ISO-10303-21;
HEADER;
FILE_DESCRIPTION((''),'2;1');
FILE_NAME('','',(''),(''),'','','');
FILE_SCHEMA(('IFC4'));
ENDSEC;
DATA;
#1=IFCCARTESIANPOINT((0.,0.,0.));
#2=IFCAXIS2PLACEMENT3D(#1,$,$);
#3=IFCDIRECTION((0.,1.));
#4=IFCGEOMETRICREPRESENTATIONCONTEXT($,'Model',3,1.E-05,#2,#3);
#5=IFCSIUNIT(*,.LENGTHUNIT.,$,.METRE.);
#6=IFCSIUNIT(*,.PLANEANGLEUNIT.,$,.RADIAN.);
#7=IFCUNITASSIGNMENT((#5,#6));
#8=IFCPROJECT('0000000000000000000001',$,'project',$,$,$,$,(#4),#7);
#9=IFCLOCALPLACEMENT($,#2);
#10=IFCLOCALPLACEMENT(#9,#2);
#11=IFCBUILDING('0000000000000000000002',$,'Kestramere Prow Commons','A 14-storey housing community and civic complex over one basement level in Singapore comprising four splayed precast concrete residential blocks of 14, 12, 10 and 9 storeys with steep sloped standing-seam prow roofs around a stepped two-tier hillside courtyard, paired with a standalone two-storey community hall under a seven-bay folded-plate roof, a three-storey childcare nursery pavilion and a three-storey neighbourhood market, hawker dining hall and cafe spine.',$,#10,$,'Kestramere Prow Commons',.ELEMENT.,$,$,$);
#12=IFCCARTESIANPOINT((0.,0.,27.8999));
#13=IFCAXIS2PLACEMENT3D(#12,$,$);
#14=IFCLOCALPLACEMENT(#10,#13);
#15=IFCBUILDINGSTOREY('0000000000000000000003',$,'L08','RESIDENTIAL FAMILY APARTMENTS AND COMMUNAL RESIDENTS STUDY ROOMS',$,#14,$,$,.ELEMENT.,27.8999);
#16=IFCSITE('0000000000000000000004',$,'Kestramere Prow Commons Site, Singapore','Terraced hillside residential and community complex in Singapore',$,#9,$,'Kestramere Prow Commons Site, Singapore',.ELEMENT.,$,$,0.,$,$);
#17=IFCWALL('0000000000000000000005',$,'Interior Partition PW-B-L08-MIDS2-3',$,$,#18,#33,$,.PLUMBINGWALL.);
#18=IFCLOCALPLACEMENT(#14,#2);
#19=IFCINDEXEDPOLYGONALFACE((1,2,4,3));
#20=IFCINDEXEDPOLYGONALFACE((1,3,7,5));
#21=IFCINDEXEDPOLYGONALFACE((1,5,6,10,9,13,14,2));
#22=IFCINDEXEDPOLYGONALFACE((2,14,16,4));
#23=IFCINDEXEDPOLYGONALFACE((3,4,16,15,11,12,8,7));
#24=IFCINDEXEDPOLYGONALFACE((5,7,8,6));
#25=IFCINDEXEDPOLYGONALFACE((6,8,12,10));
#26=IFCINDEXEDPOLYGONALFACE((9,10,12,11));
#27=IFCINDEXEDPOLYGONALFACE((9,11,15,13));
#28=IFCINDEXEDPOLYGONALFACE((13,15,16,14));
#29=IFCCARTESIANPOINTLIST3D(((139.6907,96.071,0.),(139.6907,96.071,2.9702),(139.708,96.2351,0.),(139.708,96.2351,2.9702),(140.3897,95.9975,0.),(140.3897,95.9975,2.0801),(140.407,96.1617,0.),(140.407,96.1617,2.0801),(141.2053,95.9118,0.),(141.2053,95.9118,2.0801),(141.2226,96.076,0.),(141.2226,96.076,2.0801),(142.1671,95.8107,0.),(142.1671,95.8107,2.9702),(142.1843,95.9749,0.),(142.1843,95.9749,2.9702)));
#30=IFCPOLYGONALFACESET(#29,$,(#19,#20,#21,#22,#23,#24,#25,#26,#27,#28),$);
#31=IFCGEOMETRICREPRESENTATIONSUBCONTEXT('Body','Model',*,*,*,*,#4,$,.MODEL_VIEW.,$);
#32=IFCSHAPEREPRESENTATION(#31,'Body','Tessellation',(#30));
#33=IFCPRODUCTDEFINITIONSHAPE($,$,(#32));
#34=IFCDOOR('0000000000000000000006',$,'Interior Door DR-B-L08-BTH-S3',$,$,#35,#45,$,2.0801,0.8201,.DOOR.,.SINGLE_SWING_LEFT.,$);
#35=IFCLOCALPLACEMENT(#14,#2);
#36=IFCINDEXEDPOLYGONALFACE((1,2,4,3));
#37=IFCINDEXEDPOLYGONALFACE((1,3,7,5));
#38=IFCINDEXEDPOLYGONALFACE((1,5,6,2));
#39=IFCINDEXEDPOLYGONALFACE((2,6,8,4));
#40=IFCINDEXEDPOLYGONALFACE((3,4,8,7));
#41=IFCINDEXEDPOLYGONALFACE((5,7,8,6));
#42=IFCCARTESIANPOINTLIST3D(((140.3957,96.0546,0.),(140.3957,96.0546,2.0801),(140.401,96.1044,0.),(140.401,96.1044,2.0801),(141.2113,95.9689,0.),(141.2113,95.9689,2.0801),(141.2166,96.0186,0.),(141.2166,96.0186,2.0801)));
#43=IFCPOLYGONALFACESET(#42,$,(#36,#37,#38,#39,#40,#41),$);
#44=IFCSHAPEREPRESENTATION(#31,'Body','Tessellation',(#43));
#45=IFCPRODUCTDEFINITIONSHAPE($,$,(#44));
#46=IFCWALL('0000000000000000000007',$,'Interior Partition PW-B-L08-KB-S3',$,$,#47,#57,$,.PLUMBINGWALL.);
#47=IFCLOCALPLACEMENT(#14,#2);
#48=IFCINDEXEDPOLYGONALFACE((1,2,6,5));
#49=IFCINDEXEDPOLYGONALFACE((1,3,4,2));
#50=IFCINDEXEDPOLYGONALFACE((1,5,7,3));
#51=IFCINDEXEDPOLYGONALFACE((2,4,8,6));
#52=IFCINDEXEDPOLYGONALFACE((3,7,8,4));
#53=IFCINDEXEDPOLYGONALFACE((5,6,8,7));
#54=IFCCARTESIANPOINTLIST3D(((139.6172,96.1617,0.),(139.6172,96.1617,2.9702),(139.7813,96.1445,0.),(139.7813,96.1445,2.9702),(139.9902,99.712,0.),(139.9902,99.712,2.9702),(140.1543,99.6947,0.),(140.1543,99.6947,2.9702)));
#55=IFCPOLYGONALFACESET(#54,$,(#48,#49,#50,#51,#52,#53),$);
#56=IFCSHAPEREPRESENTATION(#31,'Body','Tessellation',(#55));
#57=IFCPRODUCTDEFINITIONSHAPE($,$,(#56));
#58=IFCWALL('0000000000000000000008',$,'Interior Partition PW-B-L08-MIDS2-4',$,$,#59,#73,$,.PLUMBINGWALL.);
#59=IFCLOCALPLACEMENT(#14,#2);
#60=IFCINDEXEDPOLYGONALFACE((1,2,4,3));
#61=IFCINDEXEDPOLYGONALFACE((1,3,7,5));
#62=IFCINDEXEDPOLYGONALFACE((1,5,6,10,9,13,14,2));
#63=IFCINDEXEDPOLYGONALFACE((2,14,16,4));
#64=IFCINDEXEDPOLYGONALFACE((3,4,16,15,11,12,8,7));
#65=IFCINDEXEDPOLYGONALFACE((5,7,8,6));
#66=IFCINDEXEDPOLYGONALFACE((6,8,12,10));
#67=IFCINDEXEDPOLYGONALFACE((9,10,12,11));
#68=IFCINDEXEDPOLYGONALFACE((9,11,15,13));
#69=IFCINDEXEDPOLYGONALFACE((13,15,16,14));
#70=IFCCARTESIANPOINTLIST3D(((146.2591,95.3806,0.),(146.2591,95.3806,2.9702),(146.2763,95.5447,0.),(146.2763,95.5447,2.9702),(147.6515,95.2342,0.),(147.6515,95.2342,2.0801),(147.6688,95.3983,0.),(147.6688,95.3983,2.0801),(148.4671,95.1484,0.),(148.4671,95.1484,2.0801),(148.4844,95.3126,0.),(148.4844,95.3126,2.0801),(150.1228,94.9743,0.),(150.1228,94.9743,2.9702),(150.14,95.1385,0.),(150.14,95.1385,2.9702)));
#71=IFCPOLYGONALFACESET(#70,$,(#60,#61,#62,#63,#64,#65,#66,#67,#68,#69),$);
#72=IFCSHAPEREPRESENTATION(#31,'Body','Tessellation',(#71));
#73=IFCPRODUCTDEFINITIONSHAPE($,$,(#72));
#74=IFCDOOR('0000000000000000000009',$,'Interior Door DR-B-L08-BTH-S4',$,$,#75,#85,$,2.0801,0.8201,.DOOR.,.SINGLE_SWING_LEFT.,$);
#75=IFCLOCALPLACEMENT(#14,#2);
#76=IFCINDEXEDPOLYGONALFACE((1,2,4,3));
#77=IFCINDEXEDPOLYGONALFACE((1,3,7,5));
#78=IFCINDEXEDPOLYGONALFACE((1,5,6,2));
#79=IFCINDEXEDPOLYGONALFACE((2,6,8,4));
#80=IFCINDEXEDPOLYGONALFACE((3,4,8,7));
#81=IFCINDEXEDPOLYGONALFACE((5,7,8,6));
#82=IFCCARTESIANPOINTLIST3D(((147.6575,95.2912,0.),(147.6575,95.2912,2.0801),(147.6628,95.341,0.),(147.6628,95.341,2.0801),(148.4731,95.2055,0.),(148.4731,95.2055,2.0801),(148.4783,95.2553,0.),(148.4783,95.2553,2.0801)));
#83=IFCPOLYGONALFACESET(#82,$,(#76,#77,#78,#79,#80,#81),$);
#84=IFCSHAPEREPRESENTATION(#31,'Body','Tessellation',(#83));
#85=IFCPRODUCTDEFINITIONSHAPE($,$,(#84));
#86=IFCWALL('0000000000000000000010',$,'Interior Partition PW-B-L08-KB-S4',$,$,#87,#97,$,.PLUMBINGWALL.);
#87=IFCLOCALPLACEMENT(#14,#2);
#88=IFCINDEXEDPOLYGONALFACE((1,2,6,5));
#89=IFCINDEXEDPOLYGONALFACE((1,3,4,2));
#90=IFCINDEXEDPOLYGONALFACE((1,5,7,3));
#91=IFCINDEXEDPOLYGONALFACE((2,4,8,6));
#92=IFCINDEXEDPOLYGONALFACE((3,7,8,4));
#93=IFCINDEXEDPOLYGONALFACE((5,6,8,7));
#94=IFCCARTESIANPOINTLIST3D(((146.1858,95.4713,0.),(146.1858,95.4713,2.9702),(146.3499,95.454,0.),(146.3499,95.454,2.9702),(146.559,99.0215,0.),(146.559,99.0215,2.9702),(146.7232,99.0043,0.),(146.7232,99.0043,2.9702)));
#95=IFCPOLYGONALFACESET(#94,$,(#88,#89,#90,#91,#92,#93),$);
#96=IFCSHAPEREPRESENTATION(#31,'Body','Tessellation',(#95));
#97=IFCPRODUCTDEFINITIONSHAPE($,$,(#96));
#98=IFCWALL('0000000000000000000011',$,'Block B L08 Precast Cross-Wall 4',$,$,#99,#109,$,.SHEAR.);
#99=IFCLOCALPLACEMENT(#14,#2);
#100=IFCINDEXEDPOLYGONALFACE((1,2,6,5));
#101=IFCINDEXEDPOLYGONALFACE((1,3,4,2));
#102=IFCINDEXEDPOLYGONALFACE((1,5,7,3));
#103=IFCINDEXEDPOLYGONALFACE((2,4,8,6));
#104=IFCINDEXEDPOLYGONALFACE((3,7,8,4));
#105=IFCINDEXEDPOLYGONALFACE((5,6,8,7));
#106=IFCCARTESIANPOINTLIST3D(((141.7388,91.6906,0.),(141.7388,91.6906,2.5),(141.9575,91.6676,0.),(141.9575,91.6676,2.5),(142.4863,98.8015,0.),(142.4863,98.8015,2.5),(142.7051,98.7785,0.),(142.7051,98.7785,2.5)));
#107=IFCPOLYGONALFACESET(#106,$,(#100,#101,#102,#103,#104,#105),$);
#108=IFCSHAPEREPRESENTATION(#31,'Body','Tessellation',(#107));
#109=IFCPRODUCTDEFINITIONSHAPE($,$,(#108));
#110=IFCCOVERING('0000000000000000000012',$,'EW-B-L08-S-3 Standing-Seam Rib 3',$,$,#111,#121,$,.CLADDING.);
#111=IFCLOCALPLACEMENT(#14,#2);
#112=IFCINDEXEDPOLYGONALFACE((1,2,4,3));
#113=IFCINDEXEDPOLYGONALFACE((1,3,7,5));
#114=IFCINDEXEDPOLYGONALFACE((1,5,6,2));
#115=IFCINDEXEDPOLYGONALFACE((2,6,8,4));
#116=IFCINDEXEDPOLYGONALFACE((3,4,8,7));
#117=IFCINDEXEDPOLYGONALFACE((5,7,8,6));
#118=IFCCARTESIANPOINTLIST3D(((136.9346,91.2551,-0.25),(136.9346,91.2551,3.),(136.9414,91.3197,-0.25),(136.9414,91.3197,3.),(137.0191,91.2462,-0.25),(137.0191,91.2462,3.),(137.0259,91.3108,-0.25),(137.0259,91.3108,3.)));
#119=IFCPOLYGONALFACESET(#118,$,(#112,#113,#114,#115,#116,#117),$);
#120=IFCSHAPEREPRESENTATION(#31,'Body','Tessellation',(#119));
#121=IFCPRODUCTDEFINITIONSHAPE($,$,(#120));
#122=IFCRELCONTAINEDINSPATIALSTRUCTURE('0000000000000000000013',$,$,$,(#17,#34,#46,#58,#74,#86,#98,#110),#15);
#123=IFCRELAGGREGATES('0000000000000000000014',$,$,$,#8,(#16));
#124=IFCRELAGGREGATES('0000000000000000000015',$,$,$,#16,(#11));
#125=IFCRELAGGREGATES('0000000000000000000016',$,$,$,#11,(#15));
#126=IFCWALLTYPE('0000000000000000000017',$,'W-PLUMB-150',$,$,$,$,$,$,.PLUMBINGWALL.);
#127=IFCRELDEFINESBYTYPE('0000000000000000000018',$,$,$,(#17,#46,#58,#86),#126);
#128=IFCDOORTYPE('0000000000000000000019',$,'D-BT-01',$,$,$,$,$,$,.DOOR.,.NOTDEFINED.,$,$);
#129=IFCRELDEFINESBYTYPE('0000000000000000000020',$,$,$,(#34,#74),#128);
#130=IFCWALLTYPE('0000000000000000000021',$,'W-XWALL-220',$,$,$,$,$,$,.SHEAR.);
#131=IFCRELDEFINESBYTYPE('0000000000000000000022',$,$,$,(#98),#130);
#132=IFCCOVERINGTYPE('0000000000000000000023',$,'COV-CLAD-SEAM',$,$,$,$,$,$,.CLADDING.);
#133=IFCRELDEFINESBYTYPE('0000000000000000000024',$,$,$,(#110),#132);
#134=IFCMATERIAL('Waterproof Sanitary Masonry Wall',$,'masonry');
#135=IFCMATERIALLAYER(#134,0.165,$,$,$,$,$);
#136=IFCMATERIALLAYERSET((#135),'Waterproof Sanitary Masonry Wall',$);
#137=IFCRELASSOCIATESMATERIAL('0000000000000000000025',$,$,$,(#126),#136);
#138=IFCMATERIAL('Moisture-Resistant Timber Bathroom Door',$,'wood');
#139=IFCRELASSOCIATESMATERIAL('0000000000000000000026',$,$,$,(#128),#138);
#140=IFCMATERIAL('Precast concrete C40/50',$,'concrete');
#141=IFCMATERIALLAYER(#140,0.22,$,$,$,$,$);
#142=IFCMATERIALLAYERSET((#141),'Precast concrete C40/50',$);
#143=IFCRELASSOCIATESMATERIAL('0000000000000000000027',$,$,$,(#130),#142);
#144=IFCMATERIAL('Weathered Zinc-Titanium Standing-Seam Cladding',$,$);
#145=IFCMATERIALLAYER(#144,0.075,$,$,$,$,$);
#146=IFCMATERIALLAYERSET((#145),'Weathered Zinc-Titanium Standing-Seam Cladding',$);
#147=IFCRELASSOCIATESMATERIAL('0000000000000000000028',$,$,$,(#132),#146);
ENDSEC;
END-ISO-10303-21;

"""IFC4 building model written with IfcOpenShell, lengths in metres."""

from ifc_helpers import new_model, si_unit, direction, frame, frame_2d, origin, origin_2d, place, context, subcontext, project, spatial, rectangle, extrude, material, layer, layer_set, type_object, element, fill, save


model = new_model("IFC4")

# Units and contexts
model_context = context("Model", 3, precision=1e-05, world=origin(), true_north=direction((0.0, 1.0)))
body_context = subcontext(model_context, "Body", "Model", "MODEL_VIEW")
ifc_project = project(units=[si_unit("LENGTHUNIT", "METRE"), si_unit("PLANEANGLEUNIT", "RADIAN")], contexts=[model_context])

# Site, building, storey
site_placement = place(None, origin())
site = spatial("IfcSite", under=ifc_project, at=site_placement, Name="Kestramere Prow Commons Site, Singapore", Description="Terraced hillside residential and community complex in Singapore", LongName="Kestramere Prow Commons Site, Singapore", CompositionType="ELEMENT", RefElevation=0.0)
building_placement = place(site_placement, origin())
building = spatial("IfcBuilding", under=site, at=building_placement, Name="Kestramere Prow Commons", Description="A 14-storey housing community and civic complex over one basement level in Singapore comprising four splayed precast concrete residential blocks of 14, 12, 10 and 9 storeys with steep sloped standing-seam prow roofs around a stepped two-tier hillside courtyard, paired with a standalone two-storey community hall under a seven-bay folded-plate roof, a three-storey childcare nursery pavilion and a three-storey neighbourhood market, hawker dining hall and cafe spine.", LongName="Kestramere Prow Commons", CompositionType="ELEMENT")
storey_placement = place(building_placement, frame((0.0, 0.0, 27.8999)))
storey = spatial("IfcBuildingStorey", under=building, at=storey_placement, Name="L08", Description="RESIDENTIAL FAMILY APARTMENTS AND COMMUNAL RESIDENTS STUDY ROOMS", CompositionType="ELEMENT", Elevation=27.8999)

# Shared definitions
ifc_material_1 = material(Name="Precast concrete C40/50", Category="concrete")

# Wall, opening, door
ifc_material_2 = material(Name="Waterproof Sanitary Masonry Wall", Category="masonry")
ifc_layer_1 = layer(ifc_material_2, 0.165)
ifc_layer_set_1 = layer_set([ifc_layer_1], Name="Waterproof Sanitary Masonry Wall")
wall_type_1 = type_object("IfcWallType", Name="W-PLUMB-150", PredefinedType="PLUMBINGWALL", material=ifc_layer_set_1)
wall_1_placement = place(storey_placement, frame((139.6992, 96.1531, 0.0), z_axis=(0.0, 0.0, 1.0), x_axis=(0.994523, -0.104521, 0.0)))
wall_1 = element("IfcWall", 1, at=wall_1_placement, inside=storey, type_object=wall_type_1, Name="Interior Partition PW-B-L08-MIDS2-3", PredefinedType="PLUMBINGWALL", context=body_context, shape_type="SweptSolid", body=[
    extrude(rectangle(XDim=2.49, YDim=0.165, at=frame_2d((1.2451, 0.0))), origin(), (0.0, 0.0, 1.0), 2.9702),
])
opening_1_placement = place(wall_1_placement, frame((0.7029, 0.0, 0.0)))
opening_1 = element("IfcOpeningElement", 2, at=opening_1_placement, cuts=wall_1, PredefinedType="OPENING", context=body_context, shape_type="SweptSolid", body=[
    extrude(rectangle(XDim=0.8201, YDim=2.0801, at=frame_2d((0.4102, 1.04))), frame((0.0, 0.0974, 0.0), z_axis=(0.0, -1.0, 0.0), x_axis=(1.0, 0.0, 0.0)), (0.0, 0.0, 1.0), 0.1951),
])
ifc_material_3 = material(Name="Moisture-Resistant Timber Bathroom Door", Category="wood")
door_type_1 = type_object("IfcDoorType", Name="D-BT-01", OperationType="NOTDEFINED", PredefinedType="DOOR", material=ifc_material_3)
door_1_placement = place(opening_1_placement, origin())
door_1 = element("IfcDoor", 3, at=door_1_placement, inside=storey, type_object=door_type_1, Name="Interior Door DR-B-L08-BTH-S3", OperationType="SINGLE_SWING_LEFT", OverallHeight=2.0801, OverallWidth=0.8201, PredefinedType="DOOR", context=body_context, shape_type="SweptSolid", body=[
    extrude(rectangle(XDim=0.8201, YDim=2.0801, at=frame_2d((0.4102, 1.04))), frame((0.0, 0.0249, 0.0), z_axis=(0.0, -1.0, 0.0), x_axis=(1.0, 0.0, 0.0)), (0.0, 0.0, 1.0), 0.05),
])
fill(opening_1, door_1)

# Wall
wall_2_placement = place(storey_placement, frame((139.6992, 96.1531, 0.0), z_axis=(0.0, 0.0, 1.0), x_axis=(0.1045, 0.994525, 0.0)))
element("IfcWall", 4, at=wall_2_placement, inside=storey, type_object=wall_type_1, Name="Interior Partition PW-B-L08-KB-S3", PredefinedType="PLUMBINGWALL", context=body_context, shape_type="SweptSolid", body=[
    extrude(rectangle(XDim=3.5698, YDim=0.165, at=frame_2d((1.7849, 0.0))), origin(), (0.0, 0.0, 1.0), 2.9702),
])

# Wall, opening, door
wall_3_placement = place(storey_placement, frame((146.2678, 95.4626, 0.0), z_axis=(0.0, 0.0, 1.0), x_axis=(0.994518, -0.104567, 0.0)))
wall_3 = element("IfcWall", 5, at=wall_3_placement, inside=storey, type_object=wall_type_1, Name="Interior Partition PW-B-L08-MIDS2-4", PredefinedType="PLUMBINGWALL", context=body_context, shape_type="SweptSolid", body=[
    extrude(rectangle(XDim=3.885, YDim=0.165, at=frame_2d((1.9424, 0.0))), origin(), (0.0, 0.0, 1.0), 2.9702),
])
opening_2_placement = place(wall_3_placement, frame((1.3999, 0.0, 0.0)))
opening_2 = element("IfcOpeningElement", 6, at=opening_2_placement, cuts=wall_3, PredefinedType="OPENING", context=body_context, shape_type="SweptSolid", body=[
    extrude(rectangle(XDim=0.8201, YDim=2.0801, at=frame_2d((0.4102, 1.04))), frame((0.0, 0.0974, 0.0), z_axis=(0.0, -1.0, 0.0), x_axis=(1.0, 0.0, 0.0)), (0.0, 0.0, 1.0), 0.1951),
])
door_2_placement = place(opening_2_placement, origin())
door_2 = element("IfcDoor", 7, at=door_2_placement, inside=storey, type_object=door_type_1, Name="Interior Door DR-B-L08-BTH-S4", OperationType="SINGLE_SWING_LEFT", OverallHeight=2.0801, OverallWidth=0.8201, PredefinedType="DOOR", context=body_context, shape_type="SweptSolid", body=[
    extrude(rectangle(XDim=0.8201, YDim=2.0801, at=frame_2d((0.4102, 1.04))), frame((0.0, 0.0249, 0.0), z_axis=(0.0, -1.0, 0.0), x_axis=(1.0, 0.0, 0.0)), (0.0, 0.0, 1.0), 0.05),
])
fill(opening_2, door_2)

# Walls
wall_4_placement = place(storey_placement, frame((146.2678, 95.4626, 0.0), z_axis=(0.0, 0.0, 1.0), x_axis=(0.104567, 0.994518, 0.0)))
element("IfcWall", 8, at=wall_4_placement, inside=storey, type_object=wall_type_1, Name="Interior Partition PW-B-L08-KB-S4", PredefinedType="PLUMBINGWALL", context=body_context, shape_type="SweptSolid", body=[
    extrude(rectangle(XDim=3.5698, YDim=0.165, at=frame_2d((1.7849, 0.0))), origin(), (0.0, 0.0, 1.0), 2.9702),
])
ifc_layer_2 = layer(ifc_material_1, 0.22)
ifc_layer_set_2 = layer_set([ifc_layer_2], Name="Precast concrete C40/50")
wall_type_2 = type_object("IfcWallType", Name="W-XWALL-220", PredefinedType="SHEAR", material=ifc_layer_set_2)
wall_5_placement = place(storey_placement, frame((141.8481, 91.679, 0.0), z_axis=(0.0, 0.0, 1.0), x_axis=(0.104553, 0.994519, 0.0)))
element("IfcWall", 9, at=wall_5_placement, inside=storey, type_object=wall_type_2, Name="Block B L08 Precast Cross-Wall 4", PredefinedType="SHEAR", context=body_context, shape_type="SweptSolid", body=[
    extrude(rectangle(XDim=7.1501, YDim=0.22, at=frame_2d((3.5752, 0.0))), origin(), (0.0, 0.0, 1.0), 2.5),
])

# Covering
ifc_material_4 = material(Name="Weathered Zinc-Titanium Standing-Seam Cladding")
ifc_layer_3 = layer(ifc_material_4, 0.075)
ifc_layer_set_3 = layer_set([ifc_layer_3], Name="Weathered Zinc-Titanium Standing-Seam Cladding")
covering_type = type_object("IfcCoveringType", Name="COV-CLAD-SEAM", PredefinedType="CLADDING", material=ifc_layer_set_3)
covering_placement = place(storey_placement, frame((136.9802, 91.283, -0.25), z_axis=(0.0, 0.0, 1.0), x_axis=(-0.994522, 0.104528, 0.0)))
element("IfcCovering", 10, at=covering_placement, inside=storey, type_object=covering_type, Name="EW-B-L08-S-3 Standing-Seam Rib 3", PredefinedType="CLADDING", context=body_context, shape_type="SweptSolid", body=[
    extrude(rectangle(XDim=0.085, YDim=0.0649, at=origin_2d()), origin(), (0.0, 0.0, 1.0), 3.25),
])

save(model, "model.ifc")
